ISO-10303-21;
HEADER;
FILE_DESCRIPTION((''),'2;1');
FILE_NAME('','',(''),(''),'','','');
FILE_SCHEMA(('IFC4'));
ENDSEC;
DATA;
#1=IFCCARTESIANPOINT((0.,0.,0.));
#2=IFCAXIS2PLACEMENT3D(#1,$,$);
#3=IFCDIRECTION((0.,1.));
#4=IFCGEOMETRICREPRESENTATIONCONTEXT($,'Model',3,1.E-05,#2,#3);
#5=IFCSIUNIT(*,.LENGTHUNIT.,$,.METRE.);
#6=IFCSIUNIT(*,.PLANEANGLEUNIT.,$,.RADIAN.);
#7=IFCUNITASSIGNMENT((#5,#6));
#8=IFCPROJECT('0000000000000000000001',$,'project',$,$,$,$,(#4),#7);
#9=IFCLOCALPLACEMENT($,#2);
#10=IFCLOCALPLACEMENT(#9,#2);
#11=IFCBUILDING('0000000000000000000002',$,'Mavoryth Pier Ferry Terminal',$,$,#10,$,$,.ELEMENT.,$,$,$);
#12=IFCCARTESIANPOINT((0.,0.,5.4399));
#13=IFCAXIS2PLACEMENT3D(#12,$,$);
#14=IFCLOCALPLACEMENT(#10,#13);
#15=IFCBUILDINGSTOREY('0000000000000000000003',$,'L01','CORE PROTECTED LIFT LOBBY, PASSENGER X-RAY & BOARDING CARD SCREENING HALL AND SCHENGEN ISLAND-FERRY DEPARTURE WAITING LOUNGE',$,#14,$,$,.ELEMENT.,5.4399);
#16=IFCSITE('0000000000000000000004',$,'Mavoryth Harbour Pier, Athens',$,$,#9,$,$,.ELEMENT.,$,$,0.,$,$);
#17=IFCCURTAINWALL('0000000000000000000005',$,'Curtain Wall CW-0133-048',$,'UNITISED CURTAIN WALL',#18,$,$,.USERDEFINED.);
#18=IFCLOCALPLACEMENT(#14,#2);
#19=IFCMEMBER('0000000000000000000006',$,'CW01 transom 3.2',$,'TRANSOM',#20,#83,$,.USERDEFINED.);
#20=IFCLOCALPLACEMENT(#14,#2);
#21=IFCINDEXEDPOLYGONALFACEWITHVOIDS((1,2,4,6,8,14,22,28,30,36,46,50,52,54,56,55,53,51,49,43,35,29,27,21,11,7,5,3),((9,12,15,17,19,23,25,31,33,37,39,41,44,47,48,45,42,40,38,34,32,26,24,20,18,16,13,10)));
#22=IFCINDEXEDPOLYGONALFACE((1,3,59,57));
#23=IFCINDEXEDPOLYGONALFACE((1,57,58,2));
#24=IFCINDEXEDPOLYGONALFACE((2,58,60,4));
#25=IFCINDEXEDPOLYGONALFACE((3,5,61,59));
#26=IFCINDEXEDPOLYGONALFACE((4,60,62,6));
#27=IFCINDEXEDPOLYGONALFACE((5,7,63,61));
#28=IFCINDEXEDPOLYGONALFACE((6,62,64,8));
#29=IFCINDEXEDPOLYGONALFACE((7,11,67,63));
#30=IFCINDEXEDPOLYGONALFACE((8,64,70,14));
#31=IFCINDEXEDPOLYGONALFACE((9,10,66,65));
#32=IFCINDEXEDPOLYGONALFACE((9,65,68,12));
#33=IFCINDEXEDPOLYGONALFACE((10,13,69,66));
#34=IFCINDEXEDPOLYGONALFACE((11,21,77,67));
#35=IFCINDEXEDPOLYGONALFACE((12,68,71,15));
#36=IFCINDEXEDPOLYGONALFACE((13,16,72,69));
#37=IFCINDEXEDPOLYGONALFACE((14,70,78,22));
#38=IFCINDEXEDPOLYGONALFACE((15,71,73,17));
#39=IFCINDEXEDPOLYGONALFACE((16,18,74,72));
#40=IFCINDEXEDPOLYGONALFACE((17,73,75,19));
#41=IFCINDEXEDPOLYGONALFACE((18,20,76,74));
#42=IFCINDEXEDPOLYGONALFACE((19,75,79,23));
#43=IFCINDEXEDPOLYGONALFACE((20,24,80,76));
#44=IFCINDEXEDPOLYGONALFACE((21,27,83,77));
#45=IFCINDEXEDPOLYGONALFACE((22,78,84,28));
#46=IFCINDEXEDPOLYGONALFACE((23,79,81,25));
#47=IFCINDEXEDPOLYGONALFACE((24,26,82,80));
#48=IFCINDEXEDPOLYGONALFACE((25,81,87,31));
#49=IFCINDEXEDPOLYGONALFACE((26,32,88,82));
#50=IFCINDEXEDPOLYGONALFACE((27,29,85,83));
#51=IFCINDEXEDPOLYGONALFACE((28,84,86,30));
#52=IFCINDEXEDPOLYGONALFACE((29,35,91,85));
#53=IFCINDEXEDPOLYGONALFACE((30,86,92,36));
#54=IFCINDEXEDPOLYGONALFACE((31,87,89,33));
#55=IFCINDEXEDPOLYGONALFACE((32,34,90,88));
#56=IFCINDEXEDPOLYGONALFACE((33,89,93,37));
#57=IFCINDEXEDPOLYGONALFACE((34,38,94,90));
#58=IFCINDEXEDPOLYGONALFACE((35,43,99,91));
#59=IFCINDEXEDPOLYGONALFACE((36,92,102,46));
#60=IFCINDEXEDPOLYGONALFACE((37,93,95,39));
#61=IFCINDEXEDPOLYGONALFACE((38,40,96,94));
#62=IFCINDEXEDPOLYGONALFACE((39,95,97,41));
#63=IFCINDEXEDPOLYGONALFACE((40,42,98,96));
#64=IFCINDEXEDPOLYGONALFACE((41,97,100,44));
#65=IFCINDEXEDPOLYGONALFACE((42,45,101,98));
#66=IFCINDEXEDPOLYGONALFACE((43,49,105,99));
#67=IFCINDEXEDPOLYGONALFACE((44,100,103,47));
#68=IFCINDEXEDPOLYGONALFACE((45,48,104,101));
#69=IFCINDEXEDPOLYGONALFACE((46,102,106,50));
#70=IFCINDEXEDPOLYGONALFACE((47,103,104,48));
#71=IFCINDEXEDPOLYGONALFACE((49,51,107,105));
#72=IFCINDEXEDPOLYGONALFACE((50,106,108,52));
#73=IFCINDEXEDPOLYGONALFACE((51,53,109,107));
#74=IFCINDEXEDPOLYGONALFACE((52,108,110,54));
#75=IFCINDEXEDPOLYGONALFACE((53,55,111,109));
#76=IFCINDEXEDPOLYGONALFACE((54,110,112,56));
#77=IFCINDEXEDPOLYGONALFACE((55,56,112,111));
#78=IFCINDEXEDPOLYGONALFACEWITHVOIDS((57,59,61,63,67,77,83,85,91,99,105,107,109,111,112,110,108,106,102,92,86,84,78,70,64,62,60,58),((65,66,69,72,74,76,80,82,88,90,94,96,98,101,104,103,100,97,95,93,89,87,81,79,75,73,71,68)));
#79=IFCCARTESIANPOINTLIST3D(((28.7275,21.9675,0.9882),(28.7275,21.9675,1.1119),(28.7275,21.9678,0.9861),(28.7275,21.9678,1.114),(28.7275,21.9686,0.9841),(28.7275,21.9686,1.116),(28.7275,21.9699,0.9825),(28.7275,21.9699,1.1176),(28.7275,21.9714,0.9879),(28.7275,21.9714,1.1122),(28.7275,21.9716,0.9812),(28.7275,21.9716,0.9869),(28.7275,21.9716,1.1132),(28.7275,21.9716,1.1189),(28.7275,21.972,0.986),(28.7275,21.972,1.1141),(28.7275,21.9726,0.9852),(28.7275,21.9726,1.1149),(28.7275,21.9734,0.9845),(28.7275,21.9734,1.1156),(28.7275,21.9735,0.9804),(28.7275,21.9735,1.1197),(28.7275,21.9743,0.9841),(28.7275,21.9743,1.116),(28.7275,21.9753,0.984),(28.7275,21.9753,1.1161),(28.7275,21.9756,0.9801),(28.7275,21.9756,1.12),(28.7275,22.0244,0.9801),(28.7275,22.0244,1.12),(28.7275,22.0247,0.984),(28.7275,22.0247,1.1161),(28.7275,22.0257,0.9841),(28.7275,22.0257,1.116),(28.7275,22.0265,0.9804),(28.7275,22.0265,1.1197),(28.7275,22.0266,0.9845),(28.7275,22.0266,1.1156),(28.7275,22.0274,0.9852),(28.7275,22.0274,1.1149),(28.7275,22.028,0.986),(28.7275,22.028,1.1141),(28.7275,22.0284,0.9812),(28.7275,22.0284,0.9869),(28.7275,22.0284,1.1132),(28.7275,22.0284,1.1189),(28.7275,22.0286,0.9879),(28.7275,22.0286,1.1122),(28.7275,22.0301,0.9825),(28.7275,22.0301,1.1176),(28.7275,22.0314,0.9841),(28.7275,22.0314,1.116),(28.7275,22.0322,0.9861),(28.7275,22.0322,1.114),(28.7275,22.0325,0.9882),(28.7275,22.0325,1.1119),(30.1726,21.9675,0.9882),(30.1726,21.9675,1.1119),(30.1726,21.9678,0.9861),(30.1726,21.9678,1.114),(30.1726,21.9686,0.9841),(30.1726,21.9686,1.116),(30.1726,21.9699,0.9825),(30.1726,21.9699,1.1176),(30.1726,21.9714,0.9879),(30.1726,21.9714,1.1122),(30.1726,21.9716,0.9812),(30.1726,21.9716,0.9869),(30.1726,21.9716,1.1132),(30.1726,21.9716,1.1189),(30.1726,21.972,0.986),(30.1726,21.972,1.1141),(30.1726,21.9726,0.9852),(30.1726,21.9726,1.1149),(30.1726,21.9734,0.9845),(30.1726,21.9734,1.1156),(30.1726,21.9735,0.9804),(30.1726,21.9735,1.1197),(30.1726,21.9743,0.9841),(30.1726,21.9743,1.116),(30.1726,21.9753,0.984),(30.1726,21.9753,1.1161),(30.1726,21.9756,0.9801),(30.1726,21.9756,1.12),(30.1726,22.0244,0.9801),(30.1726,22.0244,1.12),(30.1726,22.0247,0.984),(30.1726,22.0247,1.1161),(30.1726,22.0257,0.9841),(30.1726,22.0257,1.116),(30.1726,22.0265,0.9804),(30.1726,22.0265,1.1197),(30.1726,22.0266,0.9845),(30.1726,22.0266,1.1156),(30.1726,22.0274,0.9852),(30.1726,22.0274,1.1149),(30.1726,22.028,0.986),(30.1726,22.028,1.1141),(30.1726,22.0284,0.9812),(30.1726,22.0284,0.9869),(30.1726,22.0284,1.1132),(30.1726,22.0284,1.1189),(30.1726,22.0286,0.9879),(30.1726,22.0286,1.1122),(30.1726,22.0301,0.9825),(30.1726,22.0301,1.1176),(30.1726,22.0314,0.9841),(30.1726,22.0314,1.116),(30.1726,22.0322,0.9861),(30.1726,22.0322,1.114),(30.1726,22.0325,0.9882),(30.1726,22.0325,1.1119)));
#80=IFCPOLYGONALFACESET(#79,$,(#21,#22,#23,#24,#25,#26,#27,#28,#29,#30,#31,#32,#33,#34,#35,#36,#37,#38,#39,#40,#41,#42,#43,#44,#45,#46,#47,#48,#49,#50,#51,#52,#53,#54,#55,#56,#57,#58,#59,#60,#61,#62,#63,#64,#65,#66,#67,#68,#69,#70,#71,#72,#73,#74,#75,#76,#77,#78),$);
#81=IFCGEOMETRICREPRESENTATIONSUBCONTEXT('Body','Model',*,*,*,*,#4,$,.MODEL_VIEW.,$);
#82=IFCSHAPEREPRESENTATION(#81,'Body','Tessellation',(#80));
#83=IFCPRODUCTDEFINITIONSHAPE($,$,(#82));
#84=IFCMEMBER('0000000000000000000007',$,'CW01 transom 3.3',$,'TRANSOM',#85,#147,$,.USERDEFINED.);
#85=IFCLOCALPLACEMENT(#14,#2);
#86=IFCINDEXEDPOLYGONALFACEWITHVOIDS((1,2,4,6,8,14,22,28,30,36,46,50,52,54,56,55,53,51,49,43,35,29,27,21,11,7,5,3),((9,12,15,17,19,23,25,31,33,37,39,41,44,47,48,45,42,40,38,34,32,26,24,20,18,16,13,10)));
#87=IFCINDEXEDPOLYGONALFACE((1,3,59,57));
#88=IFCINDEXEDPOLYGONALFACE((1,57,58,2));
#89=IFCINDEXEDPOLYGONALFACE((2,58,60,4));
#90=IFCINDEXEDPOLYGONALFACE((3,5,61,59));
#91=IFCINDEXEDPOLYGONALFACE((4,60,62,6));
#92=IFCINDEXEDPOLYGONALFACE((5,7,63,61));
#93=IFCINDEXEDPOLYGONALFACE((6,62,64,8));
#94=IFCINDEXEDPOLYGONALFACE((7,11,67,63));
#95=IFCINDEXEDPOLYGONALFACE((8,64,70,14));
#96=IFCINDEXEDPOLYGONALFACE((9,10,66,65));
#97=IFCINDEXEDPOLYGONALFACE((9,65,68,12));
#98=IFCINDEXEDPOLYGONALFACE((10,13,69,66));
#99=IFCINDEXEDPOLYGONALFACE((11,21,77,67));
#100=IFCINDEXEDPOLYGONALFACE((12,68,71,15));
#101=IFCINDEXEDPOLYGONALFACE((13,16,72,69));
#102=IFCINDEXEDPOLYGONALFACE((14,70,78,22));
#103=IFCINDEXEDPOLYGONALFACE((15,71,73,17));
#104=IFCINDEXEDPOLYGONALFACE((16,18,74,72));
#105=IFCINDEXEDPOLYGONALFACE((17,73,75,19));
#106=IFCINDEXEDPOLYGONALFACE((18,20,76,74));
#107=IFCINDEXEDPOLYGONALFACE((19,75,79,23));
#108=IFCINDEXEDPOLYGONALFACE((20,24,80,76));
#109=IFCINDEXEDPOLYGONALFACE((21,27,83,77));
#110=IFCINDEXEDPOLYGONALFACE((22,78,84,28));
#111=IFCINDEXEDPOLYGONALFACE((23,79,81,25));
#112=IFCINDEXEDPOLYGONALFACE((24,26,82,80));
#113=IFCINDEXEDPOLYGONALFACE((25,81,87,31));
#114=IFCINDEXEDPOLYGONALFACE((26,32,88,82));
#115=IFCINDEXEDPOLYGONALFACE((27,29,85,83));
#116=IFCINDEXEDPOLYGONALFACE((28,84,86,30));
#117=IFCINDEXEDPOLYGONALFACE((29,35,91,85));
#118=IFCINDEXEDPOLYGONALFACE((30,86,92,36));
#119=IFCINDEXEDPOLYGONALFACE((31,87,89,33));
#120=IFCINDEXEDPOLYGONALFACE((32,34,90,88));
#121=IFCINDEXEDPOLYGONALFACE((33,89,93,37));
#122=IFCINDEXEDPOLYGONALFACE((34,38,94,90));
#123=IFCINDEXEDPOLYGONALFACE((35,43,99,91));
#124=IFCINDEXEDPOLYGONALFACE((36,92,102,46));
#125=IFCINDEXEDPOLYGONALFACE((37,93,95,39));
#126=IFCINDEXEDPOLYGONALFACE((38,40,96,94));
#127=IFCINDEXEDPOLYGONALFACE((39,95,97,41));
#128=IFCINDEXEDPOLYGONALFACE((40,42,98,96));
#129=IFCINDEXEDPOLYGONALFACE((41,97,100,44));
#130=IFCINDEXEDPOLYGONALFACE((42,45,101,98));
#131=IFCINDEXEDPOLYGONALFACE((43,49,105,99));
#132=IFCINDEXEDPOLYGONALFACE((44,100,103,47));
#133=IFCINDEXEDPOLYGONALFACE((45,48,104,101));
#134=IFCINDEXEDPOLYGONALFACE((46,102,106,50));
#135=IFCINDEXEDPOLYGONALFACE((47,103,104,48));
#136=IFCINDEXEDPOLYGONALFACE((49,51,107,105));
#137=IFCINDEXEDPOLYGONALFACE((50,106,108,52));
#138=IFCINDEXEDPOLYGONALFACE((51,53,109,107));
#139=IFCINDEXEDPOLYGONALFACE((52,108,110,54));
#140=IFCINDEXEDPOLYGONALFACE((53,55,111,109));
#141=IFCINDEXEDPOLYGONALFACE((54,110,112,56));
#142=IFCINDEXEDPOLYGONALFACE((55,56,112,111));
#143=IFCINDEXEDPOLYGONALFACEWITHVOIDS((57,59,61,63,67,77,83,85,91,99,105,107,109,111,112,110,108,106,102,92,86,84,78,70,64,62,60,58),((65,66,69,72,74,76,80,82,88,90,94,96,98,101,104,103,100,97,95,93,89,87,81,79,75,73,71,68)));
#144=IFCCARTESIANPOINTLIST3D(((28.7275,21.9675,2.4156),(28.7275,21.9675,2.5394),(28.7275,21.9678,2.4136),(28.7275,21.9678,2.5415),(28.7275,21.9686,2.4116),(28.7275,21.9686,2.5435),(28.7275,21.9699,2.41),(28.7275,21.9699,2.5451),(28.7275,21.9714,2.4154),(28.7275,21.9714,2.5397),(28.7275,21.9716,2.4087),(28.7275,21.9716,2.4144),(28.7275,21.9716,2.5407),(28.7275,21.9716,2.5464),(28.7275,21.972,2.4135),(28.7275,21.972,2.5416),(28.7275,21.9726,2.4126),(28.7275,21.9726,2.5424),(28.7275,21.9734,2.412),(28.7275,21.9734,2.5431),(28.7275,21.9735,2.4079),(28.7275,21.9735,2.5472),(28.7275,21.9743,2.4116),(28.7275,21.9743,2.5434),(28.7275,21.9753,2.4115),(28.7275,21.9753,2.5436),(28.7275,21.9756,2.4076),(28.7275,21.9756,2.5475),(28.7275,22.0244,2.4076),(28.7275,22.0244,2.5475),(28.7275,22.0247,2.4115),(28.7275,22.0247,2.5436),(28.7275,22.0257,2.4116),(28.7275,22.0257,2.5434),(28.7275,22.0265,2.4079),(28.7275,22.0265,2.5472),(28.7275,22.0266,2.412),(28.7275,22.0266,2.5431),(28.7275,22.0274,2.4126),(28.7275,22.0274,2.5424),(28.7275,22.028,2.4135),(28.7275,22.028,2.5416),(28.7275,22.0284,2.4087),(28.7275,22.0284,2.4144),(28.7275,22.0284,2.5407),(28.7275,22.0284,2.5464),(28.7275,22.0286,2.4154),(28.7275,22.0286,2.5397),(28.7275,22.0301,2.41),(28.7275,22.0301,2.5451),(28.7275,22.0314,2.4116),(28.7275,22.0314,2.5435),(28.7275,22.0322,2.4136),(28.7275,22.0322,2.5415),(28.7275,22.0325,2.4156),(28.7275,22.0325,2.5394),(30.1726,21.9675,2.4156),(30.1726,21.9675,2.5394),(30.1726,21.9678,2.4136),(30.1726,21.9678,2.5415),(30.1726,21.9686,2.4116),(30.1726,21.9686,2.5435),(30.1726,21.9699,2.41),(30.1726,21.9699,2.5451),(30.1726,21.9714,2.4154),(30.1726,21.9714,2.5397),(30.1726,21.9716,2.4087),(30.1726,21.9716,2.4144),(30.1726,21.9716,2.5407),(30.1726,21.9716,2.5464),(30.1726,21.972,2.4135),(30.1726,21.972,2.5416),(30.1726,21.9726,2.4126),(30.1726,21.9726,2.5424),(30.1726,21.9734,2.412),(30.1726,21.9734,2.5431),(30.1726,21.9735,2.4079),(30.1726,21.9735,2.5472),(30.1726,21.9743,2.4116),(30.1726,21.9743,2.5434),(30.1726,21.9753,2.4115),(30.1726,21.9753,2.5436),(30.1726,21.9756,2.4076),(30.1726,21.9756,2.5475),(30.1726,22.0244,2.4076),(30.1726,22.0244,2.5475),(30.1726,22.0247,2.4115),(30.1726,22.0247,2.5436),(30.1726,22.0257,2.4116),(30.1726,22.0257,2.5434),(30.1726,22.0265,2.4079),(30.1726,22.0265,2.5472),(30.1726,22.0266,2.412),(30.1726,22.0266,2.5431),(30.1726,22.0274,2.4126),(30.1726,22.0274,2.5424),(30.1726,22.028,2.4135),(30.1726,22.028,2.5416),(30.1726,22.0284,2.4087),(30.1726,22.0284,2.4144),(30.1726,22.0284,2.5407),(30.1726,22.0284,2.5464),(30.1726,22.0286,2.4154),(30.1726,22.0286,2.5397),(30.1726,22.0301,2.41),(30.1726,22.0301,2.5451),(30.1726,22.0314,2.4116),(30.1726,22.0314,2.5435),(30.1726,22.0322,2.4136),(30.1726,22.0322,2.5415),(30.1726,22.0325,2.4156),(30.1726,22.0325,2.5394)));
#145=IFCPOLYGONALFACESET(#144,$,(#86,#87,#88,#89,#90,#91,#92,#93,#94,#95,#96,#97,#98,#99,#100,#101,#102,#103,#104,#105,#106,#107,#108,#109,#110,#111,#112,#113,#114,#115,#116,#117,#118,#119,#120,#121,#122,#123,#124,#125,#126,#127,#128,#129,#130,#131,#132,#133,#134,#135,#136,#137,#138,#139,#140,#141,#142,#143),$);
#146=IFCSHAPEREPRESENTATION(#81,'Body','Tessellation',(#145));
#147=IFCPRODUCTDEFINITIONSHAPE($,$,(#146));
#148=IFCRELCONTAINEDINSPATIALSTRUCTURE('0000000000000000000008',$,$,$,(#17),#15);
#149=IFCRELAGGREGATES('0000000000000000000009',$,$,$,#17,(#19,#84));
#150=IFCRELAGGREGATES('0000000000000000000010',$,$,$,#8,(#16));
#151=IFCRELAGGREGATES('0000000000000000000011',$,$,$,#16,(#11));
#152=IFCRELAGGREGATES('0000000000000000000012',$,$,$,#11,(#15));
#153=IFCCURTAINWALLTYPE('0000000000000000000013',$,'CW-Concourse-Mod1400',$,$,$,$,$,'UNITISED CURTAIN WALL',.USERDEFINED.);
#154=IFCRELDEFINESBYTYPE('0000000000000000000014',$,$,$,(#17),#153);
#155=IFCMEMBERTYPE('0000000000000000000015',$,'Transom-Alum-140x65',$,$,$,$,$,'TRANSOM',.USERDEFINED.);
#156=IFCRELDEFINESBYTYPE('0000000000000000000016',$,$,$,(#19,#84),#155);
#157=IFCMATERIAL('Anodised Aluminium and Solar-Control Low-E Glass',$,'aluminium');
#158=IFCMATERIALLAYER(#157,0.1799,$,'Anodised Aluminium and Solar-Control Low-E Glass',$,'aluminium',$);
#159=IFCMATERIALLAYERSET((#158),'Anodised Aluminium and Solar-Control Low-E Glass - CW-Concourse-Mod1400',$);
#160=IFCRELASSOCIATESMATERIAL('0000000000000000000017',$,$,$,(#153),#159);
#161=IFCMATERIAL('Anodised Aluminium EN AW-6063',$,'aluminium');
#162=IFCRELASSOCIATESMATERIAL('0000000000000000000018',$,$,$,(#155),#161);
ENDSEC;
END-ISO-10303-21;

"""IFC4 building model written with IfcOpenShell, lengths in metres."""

from ifc_helpers import new_model, si_unit, direction, frame, origin, origin_2d, place, context, subcontext, project, spatial, hollow_rectangle, extrude, material, layer, layer_set, material_profile, profile_set, type_object, element, aggregate, save


model = new_model("IFC4")

# Units and contexts
model_context = context("Model", 3, precision=1e-05, world=origin(), true_north=direction((0.0, 1.0)))
body_context = subcontext(model_context, "Body", "Model", "MODEL_VIEW")
ifc_project = project(units=[si_unit("LENGTHUNIT", "METRE"), si_unit("PLANEANGLEUNIT", "RADIAN")], contexts=[model_context])

# Site, building, storey
site_placement = place(None, origin())
site = spatial("IfcSite", under=ifc_project, at=site_placement, Name="Mavoryth Harbour Pier, Athens", CompositionType="ELEMENT", RefElevation=0.0)
building_placement = place(site_placement, origin())
building = spatial("IfcBuilding", under=site, at=building_placement, Name="Mavoryth Pier Ferry Terminal", CompositionType="ELEMENT")
storey_placement = place(building_placement, frame((0.0, 0.0, 5.4399)))
storey = spatial("IfcBuildingStorey", under=building, at=storey_placement, Name="L01", Description="CORE PROTECTED LIFT LOBBY, PASSENGER X-RAY & BOARDING CARD SCREENING HALL AND SCHENGEN ISLAND-FERRY DEPARTURE WAITING LOUNGE", CompositionType="ELEMENT", Elevation=5.4399)

# Shared definitions
ifc_material_1 = material(Name="Anodised Aluminium and Solar-Control Low-E Glass", Category="aluminium")
ifc_layer_1 = layer(ifc_material_1, 0.1799, Name="Anodised Aluminium and Solar-Control Low-E Glass", Category="aluminium")
ifc_layer_set_1 = layer_set([ifc_layer_1], Name="Anodised Aluminium and Solar-Control Low-E Glass - CW-Concourse-Mod1400")
curtain_wall_type = type_object("IfcCurtainWallType", Name="CW-Concourse-Mod1400", ElementType="UNITISED CURTAIN WALL", PredefinedType="USERDEFINED", material=ifc_layer_set_1)
ifc_material_2 = material(Name="Anodised Aluminium EN AW-6063", Category="aluminium")

# Curtain wall, members
curtain_wall_1_placement = place(storey_placement, origin())
curtain_wall_1 = element("IfcCurtainWall", 1, at=curtain_wall_1_placement, inside=storey, type_object=curtain_wall_type, Name="Curtain Wall CW-0133-048", ObjectType="UNITISED CURTAIN WALL", PredefinedType="USERDEFINED")
ifc_material_profile_1 = material_profile(ifc_material_2, hollow_rectangle(XDim=0.0649, YDim=0.1399, WallThickness=0.0039, InnerFilletRadius=0.0039, OuterFilletRadius=0.0081, at=origin_2d()), Name="AL-TRAN 140x65x4", Category="aluminium")
ifc_profile_set_1 = profile_set([ifc_material_profile_1], Name="Anodised Aluminium EN AW-6063 - AL-TRAN 140x65x4")
member_type_1 = type_object("IfcMemberType", Name="Transom-Alum-140x65", ElementType="TRANSOM", PredefinedType="USERDEFINED", material=ifc_profile_set_1)
member_1_placement = place(storey_placement, frame((28.7275, 22.0, 1.05), z_axis=(1.0, 0.0, 0.0), x_axis=(0.0, 1.0, 0.0)))
member_1 = element("IfcMember", 2, at=member_1_placement, type_object=member_type_1, Name="CW01 transom 3.2", ObjectType="TRANSOM", PredefinedType="USERDEFINED", context=body_context, shape_type="SweptSolid", body=[
    extrude(hollow_rectangle(XDim=0.0649, YDim=0.1399, WallThickness=0.0039, InnerFilletRadius=0.0039, OuterFilletRadius=0.0081, at=origin_2d()), origin(), (0.0, 0.0, 1.0), 1.4451),
])
member_2_placement = place(storey_placement, frame((28.7275, 22.0, 2.4775), z_axis=(1.0, 0.0, 0.0), x_axis=(0.0, 1.0, 0.0)))
member_2 = element("IfcMember", 3, at=member_2_placement, type_object=member_type_1, Name="CW01 transom 3.3", ObjectType="TRANSOM", PredefinedType="USERDEFINED", context=body_context, shape_type="SweptSolid", body=[
    extrude(hollow_rectangle(XDim=0.0649, YDim=0.1399, WallThickness=0.0039, InnerFilletRadius=0.0039, OuterFilletRadius=0.0081, at=origin_2d()), origin(), (0.0, 0.0, 1.0), 1.4451),
])

aggregate(curtain_wall_1, [member_1, member_2])

save(model, "model.ifc")
